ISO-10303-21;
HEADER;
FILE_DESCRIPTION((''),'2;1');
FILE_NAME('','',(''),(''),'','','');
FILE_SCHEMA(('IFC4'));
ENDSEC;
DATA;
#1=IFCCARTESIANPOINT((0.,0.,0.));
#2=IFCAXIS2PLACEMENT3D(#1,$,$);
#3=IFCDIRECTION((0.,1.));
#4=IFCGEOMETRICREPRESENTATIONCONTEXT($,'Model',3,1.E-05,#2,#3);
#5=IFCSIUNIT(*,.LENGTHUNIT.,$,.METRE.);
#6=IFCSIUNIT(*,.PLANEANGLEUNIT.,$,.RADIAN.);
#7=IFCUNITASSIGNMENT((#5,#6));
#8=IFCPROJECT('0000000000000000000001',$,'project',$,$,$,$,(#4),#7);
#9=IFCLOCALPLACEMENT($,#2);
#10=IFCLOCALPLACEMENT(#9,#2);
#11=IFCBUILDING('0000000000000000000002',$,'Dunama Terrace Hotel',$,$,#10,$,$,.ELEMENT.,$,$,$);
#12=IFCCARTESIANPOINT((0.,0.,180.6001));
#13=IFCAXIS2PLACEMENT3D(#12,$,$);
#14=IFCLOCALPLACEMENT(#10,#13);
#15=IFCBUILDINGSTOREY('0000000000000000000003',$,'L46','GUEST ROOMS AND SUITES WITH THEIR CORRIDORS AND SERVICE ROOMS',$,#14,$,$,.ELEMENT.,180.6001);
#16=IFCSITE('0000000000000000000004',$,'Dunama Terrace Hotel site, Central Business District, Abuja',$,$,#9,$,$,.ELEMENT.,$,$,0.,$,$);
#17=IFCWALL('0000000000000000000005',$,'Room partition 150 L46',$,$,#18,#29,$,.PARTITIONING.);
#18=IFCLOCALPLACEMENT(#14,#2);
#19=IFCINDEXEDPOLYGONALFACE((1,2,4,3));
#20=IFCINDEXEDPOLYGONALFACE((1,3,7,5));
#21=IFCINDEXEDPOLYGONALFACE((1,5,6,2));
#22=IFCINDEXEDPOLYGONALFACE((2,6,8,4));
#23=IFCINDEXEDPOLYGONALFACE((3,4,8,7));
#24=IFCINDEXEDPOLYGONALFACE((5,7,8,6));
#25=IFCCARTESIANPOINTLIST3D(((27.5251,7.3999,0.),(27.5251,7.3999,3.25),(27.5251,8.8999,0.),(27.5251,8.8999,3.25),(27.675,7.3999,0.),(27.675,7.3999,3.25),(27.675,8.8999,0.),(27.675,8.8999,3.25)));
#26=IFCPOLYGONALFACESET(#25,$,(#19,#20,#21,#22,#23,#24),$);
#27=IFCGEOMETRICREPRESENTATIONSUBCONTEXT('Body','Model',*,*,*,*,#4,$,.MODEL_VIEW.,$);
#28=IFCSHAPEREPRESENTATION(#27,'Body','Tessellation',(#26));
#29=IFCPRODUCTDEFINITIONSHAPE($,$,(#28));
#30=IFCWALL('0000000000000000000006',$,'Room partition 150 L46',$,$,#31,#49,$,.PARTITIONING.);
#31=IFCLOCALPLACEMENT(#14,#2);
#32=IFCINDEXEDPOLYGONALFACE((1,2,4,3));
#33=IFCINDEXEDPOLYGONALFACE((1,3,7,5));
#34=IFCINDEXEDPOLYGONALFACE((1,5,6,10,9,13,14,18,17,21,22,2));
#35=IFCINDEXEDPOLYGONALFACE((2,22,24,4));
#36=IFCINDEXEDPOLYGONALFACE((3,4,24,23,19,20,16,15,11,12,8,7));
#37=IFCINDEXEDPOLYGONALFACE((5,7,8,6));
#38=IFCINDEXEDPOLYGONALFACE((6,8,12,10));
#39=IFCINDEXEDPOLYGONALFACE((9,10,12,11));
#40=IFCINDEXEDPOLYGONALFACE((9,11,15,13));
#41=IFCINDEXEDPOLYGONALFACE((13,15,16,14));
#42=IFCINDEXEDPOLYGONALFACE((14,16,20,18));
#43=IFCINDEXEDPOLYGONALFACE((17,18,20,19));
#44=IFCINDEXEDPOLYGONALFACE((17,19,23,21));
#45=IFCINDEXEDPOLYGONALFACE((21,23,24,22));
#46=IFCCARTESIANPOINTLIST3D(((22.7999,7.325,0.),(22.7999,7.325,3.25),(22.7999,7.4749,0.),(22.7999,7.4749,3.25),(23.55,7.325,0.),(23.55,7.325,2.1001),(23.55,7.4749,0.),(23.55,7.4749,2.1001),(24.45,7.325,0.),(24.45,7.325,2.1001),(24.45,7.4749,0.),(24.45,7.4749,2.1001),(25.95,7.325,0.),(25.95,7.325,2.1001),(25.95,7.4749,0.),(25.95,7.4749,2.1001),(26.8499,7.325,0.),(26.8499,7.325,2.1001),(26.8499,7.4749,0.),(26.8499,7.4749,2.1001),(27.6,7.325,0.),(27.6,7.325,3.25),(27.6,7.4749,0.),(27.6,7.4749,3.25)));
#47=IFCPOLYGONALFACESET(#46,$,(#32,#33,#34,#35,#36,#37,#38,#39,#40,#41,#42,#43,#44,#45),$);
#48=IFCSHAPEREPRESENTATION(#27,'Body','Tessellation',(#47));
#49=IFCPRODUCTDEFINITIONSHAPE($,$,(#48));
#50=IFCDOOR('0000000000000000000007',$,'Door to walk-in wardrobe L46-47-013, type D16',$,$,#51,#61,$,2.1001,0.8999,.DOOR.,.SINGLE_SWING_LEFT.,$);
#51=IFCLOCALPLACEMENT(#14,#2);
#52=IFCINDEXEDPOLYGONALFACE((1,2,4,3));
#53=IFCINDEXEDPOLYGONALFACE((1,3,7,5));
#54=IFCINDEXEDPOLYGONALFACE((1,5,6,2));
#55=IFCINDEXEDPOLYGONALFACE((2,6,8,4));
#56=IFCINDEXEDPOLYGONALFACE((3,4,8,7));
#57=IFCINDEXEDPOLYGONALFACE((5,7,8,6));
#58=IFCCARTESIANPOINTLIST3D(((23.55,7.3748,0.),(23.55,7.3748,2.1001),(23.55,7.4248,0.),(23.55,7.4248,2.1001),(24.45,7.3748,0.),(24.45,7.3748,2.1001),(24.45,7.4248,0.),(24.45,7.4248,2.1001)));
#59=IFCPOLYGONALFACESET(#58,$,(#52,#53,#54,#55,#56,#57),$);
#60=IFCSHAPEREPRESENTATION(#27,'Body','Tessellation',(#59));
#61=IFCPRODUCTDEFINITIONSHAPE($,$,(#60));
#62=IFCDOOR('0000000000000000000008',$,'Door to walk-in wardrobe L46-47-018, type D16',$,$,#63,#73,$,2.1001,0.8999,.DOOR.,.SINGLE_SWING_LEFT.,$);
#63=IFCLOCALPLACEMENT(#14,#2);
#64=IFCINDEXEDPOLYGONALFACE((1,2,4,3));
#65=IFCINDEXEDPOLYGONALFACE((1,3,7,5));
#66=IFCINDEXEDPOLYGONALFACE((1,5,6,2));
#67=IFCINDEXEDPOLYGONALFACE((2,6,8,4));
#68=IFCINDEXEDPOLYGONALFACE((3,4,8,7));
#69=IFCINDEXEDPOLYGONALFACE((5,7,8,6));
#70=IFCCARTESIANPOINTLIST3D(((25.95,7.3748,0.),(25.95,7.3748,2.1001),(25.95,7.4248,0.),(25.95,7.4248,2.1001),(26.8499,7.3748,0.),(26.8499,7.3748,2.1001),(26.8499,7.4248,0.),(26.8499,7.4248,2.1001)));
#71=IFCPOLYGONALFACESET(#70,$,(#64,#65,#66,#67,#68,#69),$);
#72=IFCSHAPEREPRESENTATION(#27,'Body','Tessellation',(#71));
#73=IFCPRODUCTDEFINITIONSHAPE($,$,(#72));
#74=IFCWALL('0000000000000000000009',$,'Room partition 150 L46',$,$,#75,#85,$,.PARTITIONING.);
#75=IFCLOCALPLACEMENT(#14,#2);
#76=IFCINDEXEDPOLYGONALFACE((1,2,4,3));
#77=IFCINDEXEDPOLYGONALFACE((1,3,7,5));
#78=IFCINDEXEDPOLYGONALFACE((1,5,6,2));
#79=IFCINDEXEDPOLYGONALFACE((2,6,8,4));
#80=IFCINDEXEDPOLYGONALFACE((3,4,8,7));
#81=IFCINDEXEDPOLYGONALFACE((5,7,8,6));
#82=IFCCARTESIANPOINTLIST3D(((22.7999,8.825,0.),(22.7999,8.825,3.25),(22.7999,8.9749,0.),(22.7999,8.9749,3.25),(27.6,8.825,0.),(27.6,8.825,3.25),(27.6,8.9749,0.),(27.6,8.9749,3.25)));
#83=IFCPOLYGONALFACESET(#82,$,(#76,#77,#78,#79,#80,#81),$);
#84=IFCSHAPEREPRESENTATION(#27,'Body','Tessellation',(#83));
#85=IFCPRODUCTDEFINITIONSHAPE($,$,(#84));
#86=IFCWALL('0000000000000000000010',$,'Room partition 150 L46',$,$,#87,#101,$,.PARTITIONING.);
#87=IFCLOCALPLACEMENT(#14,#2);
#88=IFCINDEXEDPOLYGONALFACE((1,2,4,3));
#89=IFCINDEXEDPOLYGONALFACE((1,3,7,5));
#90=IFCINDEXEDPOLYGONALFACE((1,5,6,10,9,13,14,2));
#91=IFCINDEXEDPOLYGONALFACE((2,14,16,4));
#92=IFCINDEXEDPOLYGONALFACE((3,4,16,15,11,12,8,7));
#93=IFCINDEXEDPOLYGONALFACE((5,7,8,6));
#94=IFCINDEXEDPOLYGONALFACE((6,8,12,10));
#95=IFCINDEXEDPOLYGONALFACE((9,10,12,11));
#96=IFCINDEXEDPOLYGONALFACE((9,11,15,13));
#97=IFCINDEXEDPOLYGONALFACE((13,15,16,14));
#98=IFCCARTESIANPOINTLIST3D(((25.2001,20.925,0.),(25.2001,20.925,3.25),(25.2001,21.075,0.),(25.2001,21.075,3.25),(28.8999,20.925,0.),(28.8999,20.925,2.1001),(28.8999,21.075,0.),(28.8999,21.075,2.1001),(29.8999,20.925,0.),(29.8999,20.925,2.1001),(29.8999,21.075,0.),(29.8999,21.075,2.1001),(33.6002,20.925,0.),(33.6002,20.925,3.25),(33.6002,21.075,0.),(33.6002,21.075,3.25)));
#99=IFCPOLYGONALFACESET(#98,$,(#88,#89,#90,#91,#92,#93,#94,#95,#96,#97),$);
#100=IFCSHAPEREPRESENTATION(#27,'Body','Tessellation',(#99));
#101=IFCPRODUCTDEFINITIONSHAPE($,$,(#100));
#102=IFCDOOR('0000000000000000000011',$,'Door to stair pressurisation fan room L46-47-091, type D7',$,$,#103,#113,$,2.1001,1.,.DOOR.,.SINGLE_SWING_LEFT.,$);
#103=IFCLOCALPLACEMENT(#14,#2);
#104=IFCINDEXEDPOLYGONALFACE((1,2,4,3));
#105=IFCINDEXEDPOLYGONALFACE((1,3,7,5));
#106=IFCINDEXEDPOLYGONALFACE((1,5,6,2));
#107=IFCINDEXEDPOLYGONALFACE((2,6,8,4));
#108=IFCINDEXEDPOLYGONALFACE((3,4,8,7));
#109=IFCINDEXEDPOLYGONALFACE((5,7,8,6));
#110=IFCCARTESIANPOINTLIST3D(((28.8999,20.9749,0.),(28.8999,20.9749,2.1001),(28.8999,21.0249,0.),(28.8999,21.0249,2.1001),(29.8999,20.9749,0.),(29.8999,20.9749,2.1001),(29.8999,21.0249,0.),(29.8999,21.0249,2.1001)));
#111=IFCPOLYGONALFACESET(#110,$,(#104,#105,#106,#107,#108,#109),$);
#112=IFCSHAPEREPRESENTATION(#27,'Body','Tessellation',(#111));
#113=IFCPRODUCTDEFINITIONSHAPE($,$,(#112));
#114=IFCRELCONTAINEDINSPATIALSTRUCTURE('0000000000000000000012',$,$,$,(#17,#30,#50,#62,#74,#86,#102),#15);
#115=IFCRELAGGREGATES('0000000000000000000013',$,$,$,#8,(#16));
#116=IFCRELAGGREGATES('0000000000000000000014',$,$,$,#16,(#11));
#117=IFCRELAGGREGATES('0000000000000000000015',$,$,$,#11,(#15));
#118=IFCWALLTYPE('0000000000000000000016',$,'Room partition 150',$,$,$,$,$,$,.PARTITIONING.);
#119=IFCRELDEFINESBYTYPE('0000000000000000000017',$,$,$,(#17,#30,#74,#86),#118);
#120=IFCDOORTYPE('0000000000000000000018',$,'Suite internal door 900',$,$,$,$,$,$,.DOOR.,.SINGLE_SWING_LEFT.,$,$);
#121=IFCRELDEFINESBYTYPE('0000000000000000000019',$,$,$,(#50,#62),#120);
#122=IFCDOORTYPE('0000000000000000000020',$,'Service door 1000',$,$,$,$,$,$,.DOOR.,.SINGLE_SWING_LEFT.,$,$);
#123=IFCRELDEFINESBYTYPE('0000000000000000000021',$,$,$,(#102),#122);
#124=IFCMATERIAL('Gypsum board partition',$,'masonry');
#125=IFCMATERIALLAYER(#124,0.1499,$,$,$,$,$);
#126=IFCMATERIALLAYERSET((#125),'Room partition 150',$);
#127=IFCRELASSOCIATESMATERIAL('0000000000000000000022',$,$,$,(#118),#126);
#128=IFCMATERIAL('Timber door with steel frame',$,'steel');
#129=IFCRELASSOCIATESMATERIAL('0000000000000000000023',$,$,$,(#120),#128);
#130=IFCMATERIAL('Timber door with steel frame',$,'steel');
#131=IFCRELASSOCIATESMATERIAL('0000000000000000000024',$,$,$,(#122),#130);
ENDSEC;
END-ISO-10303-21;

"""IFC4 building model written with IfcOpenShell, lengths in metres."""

from ifc_helpers import new_model, si_unit, direction, frame, frame_2d, origin, place, context, subcontext, project, spatial, rectangle, extrude, material, layer, layer_set, type_object, element, fill, save


model = new_model("IFC4")

# Units and contexts
model_context = context("Model", 3, precision=1e-05, world=origin(), true_north=direction((0.0, 1.0)))
body_context = subcontext(model_context, "Body", "Model", "MODEL_VIEW")
ifc_project = project(units=[si_unit("LENGTHUNIT", "METRE"), si_unit("PLANEANGLEUNIT", "RADIAN")], contexts=[model_context])

# Site, building, storey
site_placement = place(None, origin())
site = spatial("IfcSite", under=ifc_project, at=site_placement, Name="Dunama Terrace Hotel site, Central Business District, Abuja", CompositionType="ELEMENT", RefElevation=0.0)
building_placement = place(site_placement, origin())
building = spatial("IfcBuilding", under=site, at=building_placement, Name="Dunama Terrace Hotel", CompositionType="ELEMENT")
storey_placement = place(building_placement, frame((0.0, 0.0, 180.6001)))
storey = spatial("IfcBuildingStorey", under=building, at=storey_placement, Name="L46", Description="GUEST ROOMS AND SUITES WITH THEIR CORRIDORS AND SERVICE ROOMS", CompositionType="ELEMENT", Elevation=180.6001)

# Wall
ifc_material_1 = material(Name="Gypsum board partition", Category="masonry")
ifc_layer_1 = layer(ifc_material_1, 0.1499)
ifc_layer_set_1 = layer_set([ifc_layer_1], Name="Room partition 150")
wall_type_1 = type_object("IfcWallType", Name="Room partition 150", PredefinedType="PARTITIONING", material=ifc_layer_set_1)
for number, where, z_axis, x_axis, name in (
    (1, (27.6001, 7.3999, 0.0), (0.0, 0.0, 1.0), (0.0, 1.0, 0.0), "Room partition 150 L46"),
):
    element("IfcWall", number, at=place(storey_placement, frame(where, z_axis=z_axis, x_axis=x_axis)), inside=storey, type_object=wall_type_1, Name=name, PredefinedType="PARTITIONING", context=body_context, shape_type="SweptSolid", body=[
        extrude(rectangle(XDim=1.5, YDim=0.1499, at=frame_2d((0.75, 0.0))), origin(), (0.0, 0.0, 1.0), 3.25),
    ])

# Wall, openings, doors
wall_1_placement = place(storey_placement, frame((22.8, 7.3999, 0.0), z_axis=(0.0, 0.0, 1.0), x_axis=(1.0, 0.0, 0.0)))
wall_1 = element("IfcWall", 2, at=wall_1_placement, inside=storey, type_object=wall_type_1, Name="Room partition 150 L46", PredefinedType="PARTITIONING", context=body_context, shape_type="SweptSolid", body=[
    extrude(rectangle(XDim=4.8, YDim=0.1499, at=frame_2d((2.3999, 0.0))), origin(), (0.0, 0.0, 1.0), 3.25),
])
opening_1_placement = place(wall_1_placement, frame((0.75, 0.0, 0.0)))
opening_1 = element("IfcOpeningElement", 3, at=opening_1_placement, cuts=wall_1, PredefinedType="OPENING", context=body_context, shape_type="SweptSolid", body=[
    extrude(rectangle(XDim=0.8999, YDim=2.1001, at=frame_2d((0.45, 1.05))), frame((0.0, 0.085, 0.0), z_axis=(0.0, -1.0, 0.0), x_axis=(1.0, 0.0, 0.0)), (0.0, 0.0, 1.0), 0.1699),
])
opening_2_placement = place(wall_1_placement, frame((3.1499, 0.0, 0.0)))
opening_2 = element("IfcOpeningElement", 4, at=opening_2_placement, cuts=wall_1, PredefinedType="OPENING", context=body_context, shape_type="SweptSolid", body=[
    extrude(rectangle(XDim=0.8999, YDim=2.1001, at=frame_2d((0.45, 1.05))), frame((0.0, 0.085, 0.0), z_axis=(0.0, -1.0, 0.0), x_axis=(1.0, 0.0, 0.0)), (0.0, 0.0, 1.0), 0.1699),
])
ifc_material_2 = material(Name="Timber door with steel frame", Category="steel")
door_type_1 = type_object("IfcDoorType", Name="Suite internal door 900", OperationType="SINGLE_SWING_LEFT", PredefinedType="DOOR", material=ifc_material_2)
door_1_placement = place(opening_1_placement, origin())
door_1 = element("IfcDoor", 5, at=door_1_placement, inside=storey, type_object=door_type_1, Name="Door to walk-in wardrobe L46-47-013, type D16", OperationType="SINGLE_SWING_LEFT", OverallHeight=2.1001, OverallWidth=0.8999, PredefinedType="DOOR", context=body_context, shape_type="SweptSolid", body=[
    extrude(rectangle(XDim=0.8999, YDim=2.1001, at=frame_2d((0.45, 1.05))), frame((0.0, 0.0249, 0.0), z_axis=(0.0, -1.0, 0.0), x_axis=(1.0, 0.0, 0.0)), (0.0, 0.0, 1.0), 0.05),
])
fill(opening_1, door_1)
door_2_placement = place(opening_2_placement, origin())
door_2 = element("IfcDoor", 6, at=door_2_placement, inside=storey, type_object=door_type_1, Name="Door to walk-in wardrobe L46-47-018, type D16", OperationType="SINGLE_SWING_LEFT", OverallHeight=2.1001, OverallWidth=0.8999, PredefinedType="DOOR", context=body_context, shape_type="SweptSolid", body=[
    extrude(rectangle(XDim=0.8999, YDim=2.1001, at=frame_2d((0.45, 1.05))), frame((0.0, 0.0249, 0.0), z_axis=(0.0, -1.0, 0.0), x_axis=(1.0, 0.0, 0.0)), (0.0, 0.0, 1.0), 0.05),
])
fill(opening_2, door_2)

# Wall
wall_2_placement = place(storey_placement, frame((22.8, 8.8999, 0.0), z_axis=(0.0, 0.0, 1.0), x_axis=(1.0, 0.0, 0.0)))
element("IfcWall", 7, at=wall_2_placement, inside=storey, type_object=wall_type_1, Name="Room partition 150 L46", PredefinedType="PARTITIONING", context=body_context, shape_type="SweptSolid", body=[
    extrude(rectangle(XDim=4.8, YDim=0.1499, at=frame_2d((2.3999, 0.0))), origin(), (0.0, 0.0, 1.0), 3.25),
])

# Wall, opening, door
wall_3_placement = place(storey_placement, frame((25.2, 21.0, 0.0), z_axis=(0.0, 0.0, 1.0), x_axis=(1.0, 0.0, 0.0)))
wall_3 = element("IfcWall", 8, at=wall_3_placement, inside=storey, type_object=wall_type_1, Name="Room partition 150 L46", PredefinedType="PARTITIONING", context=body_context, shape_type="SweptSolid", body=[
    extrude(rectangle(XDim=8.4001, YDim=0.1499, at=frame_2d((4.2002, 0.0))), origin(), (0.0, 0.0, 1.0), 3.25),
])
opening_3_placement = place(wall_3_placement, frame((3.7, 0.0, 0.0)))
opening_3 = element("IfcOpeningElement", 9, at=opening_3_placement, cuts=wall_3, PredefinedType="OPENING", context=body_context, shape_type="SweptSolid", body=[
    extrude(rectangle(XDim=1.0, YDim=2.1001, at=frame_2d((0.5, 1.05))), frame((0.0, 0.085, 0.0), z_axis=(0.0, -1.0, 0.0), x_axis=(1.0, 0.0, 0.0)), (0.0, 0.0, 1.0), 0.1699),
])
ifc_material_3 = material(Name="Timber door with steel frame", Category="steel")
door_type_2 = type_object("IfcDoorType", Name="Service door 1000", OperationType="SINGLE_SWING_LEFT", PredefinedType="DOOR", material=ifc_material_3)
door_3_placement = place(opening_3_placement, origin())
door_3 = element("IfcDoor", 10, at=door_3_placement, inside=storey, type_object=door_type_2, Name="Door to stair pressurisation fan room L46-47-091, type D7", OperationType="SINGLE_SWING_LEFT", OverallHeight=2.1001, OverallWidth=1.0, PredefinedType="DOOR", context=body_context, shape_type="SweptSolid", body=[
    extrude(rectangle(XDim=1.0, YDim=2.1001, at=frame_2d((0.5, 1.05))), frame((0.0, 0.0249, 0.0), z_axis=(0.0, -1.0, 0.0), x_axis=(1.0, 0.0, 0.0)), (0.0, 0.0, 1.0), 0.05),
])
fill(opening_3, door_3)

save(model, "model.ifc")
